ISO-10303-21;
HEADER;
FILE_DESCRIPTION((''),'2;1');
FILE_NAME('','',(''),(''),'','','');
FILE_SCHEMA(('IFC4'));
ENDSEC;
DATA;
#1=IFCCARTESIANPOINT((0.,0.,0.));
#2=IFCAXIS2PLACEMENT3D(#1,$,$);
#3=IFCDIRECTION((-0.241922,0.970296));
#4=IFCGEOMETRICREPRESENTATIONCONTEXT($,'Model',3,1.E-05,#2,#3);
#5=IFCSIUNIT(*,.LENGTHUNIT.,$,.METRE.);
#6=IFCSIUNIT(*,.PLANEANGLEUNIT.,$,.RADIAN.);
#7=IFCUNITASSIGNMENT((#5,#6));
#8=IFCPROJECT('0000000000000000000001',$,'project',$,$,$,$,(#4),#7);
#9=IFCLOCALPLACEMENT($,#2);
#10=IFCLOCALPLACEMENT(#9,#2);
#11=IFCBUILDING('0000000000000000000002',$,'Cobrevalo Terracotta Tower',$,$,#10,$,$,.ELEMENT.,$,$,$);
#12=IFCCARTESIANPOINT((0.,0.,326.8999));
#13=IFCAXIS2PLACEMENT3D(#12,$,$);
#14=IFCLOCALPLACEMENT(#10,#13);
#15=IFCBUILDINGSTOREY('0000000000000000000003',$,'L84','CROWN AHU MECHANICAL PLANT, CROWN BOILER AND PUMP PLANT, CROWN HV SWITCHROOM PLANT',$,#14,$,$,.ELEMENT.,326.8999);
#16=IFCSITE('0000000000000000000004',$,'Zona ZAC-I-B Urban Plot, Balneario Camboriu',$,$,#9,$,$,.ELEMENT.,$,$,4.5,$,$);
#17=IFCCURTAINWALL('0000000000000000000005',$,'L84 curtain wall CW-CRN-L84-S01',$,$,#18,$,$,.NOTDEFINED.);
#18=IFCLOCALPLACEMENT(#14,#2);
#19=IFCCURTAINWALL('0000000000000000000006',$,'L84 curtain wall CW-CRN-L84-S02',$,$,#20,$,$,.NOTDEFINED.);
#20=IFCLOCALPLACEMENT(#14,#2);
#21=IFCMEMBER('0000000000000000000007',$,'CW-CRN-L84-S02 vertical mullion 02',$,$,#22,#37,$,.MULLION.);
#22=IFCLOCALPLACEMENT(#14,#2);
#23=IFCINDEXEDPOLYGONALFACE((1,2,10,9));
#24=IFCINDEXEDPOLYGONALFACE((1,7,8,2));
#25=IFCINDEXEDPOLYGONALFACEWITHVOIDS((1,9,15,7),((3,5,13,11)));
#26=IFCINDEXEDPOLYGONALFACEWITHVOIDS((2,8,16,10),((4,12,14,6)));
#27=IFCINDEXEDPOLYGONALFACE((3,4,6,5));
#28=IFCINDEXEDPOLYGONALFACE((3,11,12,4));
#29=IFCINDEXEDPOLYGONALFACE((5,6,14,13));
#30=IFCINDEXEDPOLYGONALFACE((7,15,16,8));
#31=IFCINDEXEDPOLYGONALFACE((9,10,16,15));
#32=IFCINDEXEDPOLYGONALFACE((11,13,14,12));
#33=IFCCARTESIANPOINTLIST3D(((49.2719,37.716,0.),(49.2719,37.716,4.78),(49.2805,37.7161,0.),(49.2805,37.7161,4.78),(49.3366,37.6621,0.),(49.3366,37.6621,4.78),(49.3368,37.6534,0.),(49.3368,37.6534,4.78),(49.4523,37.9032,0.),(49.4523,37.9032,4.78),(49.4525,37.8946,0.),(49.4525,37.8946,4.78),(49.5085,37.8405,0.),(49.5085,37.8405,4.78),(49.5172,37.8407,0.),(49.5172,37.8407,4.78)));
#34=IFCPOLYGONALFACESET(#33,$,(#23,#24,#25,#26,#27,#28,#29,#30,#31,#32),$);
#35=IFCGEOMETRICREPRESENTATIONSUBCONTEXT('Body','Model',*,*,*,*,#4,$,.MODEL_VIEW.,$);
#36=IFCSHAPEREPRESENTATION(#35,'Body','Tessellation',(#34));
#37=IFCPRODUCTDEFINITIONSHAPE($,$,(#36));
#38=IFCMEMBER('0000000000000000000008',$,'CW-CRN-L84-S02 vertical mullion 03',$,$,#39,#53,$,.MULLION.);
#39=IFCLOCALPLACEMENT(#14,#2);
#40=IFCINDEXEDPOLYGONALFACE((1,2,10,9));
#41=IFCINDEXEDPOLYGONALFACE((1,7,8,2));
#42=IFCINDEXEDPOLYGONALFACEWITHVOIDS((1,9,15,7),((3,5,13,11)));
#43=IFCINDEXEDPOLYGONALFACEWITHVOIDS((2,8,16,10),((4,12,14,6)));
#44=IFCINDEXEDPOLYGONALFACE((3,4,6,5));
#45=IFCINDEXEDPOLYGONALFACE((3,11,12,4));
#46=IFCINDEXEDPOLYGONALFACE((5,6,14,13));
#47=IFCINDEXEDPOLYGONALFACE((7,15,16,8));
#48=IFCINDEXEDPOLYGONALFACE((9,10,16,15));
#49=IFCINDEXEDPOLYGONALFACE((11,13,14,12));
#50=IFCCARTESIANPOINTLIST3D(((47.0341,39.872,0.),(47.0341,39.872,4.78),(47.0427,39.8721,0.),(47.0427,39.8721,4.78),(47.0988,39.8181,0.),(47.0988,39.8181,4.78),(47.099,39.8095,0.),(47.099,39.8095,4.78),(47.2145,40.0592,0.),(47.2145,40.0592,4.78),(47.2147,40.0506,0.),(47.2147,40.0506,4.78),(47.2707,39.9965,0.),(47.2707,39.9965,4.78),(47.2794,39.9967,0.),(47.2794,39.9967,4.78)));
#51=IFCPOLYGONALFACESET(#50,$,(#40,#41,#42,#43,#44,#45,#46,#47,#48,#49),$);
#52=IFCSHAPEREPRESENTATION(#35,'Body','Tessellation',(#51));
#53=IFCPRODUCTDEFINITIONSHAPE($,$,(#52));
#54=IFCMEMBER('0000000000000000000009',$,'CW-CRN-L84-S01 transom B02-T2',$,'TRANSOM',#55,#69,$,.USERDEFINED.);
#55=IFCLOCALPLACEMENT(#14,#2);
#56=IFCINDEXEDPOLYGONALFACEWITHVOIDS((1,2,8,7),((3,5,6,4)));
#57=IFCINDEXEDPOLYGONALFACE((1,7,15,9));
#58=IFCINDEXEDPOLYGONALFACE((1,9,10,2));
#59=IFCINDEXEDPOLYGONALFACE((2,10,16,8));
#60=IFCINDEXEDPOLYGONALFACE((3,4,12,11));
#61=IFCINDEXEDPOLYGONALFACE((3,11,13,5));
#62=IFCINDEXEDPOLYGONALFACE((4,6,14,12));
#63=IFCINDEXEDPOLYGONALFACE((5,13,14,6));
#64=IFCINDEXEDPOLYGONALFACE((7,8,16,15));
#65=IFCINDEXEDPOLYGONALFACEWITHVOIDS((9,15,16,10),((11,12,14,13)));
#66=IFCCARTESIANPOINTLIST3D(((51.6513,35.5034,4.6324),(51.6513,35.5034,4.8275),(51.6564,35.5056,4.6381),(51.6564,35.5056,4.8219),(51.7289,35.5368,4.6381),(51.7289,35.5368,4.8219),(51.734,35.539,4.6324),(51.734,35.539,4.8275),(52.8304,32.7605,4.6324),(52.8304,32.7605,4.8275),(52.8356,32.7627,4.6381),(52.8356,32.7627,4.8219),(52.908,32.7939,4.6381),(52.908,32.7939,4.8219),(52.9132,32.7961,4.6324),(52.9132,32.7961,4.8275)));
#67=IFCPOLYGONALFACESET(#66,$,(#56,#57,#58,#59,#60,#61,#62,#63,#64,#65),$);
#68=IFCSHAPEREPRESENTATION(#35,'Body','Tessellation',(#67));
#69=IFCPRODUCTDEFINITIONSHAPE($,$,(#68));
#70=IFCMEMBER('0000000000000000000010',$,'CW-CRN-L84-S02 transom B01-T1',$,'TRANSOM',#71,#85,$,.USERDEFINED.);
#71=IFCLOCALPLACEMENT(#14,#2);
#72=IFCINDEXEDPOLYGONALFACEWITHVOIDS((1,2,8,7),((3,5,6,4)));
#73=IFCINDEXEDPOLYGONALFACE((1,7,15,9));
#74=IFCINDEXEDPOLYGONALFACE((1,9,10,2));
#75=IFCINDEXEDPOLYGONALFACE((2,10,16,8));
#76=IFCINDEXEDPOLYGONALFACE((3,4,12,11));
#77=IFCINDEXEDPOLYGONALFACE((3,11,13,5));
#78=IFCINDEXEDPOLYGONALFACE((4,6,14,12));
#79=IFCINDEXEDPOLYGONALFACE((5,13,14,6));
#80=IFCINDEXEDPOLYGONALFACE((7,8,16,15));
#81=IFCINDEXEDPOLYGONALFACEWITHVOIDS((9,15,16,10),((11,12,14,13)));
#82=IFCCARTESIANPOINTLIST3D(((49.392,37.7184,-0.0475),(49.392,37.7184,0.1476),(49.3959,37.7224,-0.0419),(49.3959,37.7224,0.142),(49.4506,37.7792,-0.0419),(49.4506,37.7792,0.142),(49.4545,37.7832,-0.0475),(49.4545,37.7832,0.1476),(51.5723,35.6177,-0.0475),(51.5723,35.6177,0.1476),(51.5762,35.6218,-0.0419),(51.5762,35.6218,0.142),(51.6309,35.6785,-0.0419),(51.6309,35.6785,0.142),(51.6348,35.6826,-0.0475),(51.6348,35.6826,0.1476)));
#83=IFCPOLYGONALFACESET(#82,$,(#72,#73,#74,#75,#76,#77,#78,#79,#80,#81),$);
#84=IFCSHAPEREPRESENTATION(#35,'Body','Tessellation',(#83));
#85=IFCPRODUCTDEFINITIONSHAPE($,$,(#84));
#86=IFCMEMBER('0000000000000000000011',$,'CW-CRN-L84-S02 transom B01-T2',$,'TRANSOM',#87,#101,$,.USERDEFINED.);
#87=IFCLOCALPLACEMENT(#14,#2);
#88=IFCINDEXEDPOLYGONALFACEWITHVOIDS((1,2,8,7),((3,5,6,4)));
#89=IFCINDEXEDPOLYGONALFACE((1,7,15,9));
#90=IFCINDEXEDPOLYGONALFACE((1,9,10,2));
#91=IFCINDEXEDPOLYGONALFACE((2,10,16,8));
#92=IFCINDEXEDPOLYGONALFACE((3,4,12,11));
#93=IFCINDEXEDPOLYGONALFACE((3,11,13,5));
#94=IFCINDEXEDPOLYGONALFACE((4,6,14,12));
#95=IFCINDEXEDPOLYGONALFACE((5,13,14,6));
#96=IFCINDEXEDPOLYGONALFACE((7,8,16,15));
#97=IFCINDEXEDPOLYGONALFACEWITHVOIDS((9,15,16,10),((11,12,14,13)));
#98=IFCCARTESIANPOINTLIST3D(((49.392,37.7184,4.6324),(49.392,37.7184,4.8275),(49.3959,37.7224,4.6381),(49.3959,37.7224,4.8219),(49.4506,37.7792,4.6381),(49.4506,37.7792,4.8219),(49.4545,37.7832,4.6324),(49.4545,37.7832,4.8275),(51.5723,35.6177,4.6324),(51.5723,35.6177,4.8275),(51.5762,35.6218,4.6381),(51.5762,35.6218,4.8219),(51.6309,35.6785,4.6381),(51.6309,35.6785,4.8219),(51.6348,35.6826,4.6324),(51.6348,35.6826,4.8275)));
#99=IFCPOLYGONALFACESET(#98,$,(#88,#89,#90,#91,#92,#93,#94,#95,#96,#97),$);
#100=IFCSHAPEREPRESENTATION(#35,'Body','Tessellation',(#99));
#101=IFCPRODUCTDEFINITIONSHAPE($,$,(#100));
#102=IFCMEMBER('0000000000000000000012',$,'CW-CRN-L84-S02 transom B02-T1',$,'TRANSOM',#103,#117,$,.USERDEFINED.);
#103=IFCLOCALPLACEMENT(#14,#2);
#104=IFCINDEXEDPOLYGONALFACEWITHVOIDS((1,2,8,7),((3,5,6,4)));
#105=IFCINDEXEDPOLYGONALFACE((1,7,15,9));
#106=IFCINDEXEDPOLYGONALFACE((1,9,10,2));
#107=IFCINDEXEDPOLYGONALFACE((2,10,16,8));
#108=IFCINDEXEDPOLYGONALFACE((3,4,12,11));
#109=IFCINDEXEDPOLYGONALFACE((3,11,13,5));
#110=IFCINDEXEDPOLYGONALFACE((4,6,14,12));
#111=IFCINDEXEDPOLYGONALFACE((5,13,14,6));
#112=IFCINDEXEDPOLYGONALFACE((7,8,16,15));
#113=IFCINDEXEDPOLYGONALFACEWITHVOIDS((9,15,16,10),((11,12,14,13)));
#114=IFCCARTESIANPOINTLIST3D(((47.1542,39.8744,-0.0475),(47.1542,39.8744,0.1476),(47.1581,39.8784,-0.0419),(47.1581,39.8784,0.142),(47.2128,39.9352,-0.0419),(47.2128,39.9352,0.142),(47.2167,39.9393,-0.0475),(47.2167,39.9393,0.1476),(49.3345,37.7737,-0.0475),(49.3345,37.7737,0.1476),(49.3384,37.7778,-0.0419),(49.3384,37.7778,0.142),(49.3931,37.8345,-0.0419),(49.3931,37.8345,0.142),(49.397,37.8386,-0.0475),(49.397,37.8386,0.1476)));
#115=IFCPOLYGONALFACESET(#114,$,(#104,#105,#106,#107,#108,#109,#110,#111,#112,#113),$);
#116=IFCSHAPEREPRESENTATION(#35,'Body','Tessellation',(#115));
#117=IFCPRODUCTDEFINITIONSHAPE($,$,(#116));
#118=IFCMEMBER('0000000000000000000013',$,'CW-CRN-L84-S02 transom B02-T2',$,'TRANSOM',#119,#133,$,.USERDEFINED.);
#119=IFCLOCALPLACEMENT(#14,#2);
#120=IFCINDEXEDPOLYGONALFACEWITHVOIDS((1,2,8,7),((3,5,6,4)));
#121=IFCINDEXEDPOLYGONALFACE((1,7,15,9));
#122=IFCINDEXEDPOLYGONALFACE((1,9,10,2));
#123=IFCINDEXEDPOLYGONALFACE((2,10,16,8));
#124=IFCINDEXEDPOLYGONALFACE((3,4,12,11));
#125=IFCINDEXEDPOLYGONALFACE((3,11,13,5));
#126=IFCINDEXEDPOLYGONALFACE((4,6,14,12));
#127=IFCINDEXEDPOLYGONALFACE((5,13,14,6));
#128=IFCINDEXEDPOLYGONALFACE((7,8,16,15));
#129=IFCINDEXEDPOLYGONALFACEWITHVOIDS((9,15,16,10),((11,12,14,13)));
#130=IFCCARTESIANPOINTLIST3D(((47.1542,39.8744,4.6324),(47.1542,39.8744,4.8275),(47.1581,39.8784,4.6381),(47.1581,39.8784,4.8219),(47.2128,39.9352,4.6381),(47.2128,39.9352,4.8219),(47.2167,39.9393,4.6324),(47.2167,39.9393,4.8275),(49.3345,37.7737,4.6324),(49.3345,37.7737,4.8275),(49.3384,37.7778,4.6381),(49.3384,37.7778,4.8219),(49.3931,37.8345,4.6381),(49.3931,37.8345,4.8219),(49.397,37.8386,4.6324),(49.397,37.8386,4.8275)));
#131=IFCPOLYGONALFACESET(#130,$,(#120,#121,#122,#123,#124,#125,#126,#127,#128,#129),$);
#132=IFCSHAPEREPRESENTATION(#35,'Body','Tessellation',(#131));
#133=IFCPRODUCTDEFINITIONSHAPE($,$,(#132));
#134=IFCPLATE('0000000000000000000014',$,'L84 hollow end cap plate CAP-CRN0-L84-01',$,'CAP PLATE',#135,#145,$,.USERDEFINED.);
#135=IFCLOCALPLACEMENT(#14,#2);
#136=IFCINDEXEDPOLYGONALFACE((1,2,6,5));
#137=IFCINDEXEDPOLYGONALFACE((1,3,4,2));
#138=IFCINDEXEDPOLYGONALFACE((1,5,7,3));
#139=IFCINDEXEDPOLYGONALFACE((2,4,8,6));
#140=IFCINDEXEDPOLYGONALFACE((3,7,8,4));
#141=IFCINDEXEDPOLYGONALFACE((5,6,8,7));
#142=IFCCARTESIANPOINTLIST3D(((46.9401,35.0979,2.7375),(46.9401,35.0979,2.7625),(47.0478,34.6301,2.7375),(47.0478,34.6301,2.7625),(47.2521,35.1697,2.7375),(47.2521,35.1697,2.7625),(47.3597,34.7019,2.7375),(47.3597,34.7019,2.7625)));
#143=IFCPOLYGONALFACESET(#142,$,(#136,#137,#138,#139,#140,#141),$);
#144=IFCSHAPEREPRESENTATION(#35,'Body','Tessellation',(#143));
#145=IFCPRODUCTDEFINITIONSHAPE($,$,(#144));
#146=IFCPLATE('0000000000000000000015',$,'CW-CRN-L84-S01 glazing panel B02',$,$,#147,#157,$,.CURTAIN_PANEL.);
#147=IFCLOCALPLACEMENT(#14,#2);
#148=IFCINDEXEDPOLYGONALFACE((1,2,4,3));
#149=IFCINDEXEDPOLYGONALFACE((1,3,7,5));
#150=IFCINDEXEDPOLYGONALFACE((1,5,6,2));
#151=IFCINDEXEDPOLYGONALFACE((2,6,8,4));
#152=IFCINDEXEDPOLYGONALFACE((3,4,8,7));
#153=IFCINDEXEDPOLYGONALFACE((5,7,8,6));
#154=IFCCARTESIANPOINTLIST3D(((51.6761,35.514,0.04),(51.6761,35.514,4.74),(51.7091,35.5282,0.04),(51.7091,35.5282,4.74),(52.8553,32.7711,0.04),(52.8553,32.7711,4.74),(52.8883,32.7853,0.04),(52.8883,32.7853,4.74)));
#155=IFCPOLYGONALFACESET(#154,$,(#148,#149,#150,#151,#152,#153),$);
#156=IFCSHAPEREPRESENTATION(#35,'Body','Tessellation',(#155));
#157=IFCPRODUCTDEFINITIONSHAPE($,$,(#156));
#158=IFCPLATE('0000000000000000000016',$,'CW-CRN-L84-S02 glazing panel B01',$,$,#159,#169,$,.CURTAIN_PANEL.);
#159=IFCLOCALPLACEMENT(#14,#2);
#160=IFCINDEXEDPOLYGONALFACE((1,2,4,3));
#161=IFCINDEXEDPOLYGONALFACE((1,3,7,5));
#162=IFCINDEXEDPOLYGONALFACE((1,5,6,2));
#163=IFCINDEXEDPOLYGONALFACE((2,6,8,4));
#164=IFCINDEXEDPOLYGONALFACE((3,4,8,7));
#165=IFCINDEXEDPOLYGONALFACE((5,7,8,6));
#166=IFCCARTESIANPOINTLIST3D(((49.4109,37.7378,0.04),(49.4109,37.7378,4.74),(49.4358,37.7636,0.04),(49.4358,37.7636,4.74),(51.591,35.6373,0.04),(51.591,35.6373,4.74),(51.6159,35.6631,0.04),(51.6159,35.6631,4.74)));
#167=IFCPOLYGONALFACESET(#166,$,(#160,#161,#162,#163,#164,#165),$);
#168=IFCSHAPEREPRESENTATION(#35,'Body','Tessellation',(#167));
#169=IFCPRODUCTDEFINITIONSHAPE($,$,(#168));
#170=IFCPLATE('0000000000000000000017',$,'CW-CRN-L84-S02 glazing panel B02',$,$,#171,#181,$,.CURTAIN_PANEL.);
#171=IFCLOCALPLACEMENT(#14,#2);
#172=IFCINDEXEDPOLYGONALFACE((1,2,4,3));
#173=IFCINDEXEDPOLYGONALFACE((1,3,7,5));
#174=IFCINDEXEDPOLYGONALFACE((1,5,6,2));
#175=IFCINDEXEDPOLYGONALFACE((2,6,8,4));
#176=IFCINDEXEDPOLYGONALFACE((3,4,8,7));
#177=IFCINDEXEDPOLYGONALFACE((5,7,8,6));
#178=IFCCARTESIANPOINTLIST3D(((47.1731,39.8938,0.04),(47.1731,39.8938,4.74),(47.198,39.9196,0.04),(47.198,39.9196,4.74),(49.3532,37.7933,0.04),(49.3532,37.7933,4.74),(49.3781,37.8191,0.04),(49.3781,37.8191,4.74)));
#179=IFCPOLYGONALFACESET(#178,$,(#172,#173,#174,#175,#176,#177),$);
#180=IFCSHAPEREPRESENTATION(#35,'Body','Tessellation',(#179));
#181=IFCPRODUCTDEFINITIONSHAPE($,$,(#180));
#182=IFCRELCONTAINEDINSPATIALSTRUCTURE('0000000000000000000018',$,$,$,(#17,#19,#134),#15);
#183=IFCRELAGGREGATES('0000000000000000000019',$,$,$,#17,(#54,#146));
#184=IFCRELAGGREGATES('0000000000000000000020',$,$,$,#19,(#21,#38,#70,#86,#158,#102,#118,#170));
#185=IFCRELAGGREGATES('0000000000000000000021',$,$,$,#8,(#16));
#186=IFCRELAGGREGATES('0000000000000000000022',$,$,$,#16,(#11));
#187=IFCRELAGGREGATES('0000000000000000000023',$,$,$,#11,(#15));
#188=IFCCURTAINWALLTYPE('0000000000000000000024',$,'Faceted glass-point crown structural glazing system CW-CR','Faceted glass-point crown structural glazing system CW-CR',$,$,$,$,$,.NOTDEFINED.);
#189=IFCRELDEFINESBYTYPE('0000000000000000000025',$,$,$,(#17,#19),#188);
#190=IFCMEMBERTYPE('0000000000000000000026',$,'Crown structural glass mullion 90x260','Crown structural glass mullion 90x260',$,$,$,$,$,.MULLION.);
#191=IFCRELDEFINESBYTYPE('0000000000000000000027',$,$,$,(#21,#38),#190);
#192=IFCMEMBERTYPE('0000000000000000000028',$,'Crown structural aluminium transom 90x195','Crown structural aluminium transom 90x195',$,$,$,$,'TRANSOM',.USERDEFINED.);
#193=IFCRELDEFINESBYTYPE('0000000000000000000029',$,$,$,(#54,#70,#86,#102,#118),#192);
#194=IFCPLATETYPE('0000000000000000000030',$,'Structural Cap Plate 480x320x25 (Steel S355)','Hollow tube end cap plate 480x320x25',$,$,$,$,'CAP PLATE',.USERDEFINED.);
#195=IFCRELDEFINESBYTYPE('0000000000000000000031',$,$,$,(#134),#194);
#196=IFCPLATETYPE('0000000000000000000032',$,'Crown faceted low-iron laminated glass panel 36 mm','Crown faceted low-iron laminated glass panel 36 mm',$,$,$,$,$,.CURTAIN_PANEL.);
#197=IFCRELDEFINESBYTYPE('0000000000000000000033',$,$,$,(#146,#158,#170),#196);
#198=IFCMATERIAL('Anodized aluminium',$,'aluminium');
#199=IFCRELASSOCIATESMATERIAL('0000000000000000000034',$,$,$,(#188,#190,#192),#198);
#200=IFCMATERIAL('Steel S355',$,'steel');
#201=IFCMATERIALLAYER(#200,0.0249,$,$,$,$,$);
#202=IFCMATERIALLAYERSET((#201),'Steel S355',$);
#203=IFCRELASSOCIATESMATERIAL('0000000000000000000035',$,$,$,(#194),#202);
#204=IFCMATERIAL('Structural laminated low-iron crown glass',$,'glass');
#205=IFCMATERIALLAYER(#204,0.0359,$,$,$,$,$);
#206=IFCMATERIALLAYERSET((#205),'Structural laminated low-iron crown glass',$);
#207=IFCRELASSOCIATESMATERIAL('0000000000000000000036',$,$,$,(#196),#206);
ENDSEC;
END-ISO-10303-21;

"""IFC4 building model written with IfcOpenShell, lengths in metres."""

from ifc_helpers import new_model, si_unit, direction, frame, origin, origin_2d, place, context, subcontext, project, spatial, rectangle, hollow_rectangle, extrude, source, transform, mapped, material, layer, layer_set, material_profile, profile_set, type_object, element, aggregate, save


model = new_model("IFC4")

# Units and contexts
model_context = context("Model", 3, precision=1e-05, world=origin(), true_north=direction((-0.241922, 0.970296)))
body_context = subcontext(model_context, "Body", "Model", "MODEL_VIEW")
ifc_project = project(units=[si_unit("LENGTHUNIT", "METRE"), si_unit("PLANEANGLEUNIT", "RADIAN")], contexts=[model_context])

# Site, building, storey
site_placement = place(None, origin())
site = spatial("IfcSite", under=ifc_project, at=site_placement, Name="Zona ZAC-I-B Urban Plot, Balneario Camboriu", CompositionType="ELEMENT", RefElevation=4.5)
building_placement = place(site_placement, origin())
building = spatial("IfcBuilding", under=site, at=building_placement, Name="Cobrevalo Terracotta Tower", CompositionType="ELEMENT")
storey_placement = place(building_placement, frame((0.0, 0.0, 326.8999)))
storey = spatial("IfcBuildingStorey", under=building, at=storey_placement, Name="L84", Description="CROWN AHU MECHANICAL PLANT, CROWN BOILER AND PUMP PLANT, CROWN HV SWITCHROOM PLANT", CompositionType="ELEMENT", Elevation=326.8999)

# Shared definitions
ifc_material_1 = material(Name="Steel S355", Category="steel")

# Curtain wall
ifc_material_2 = material(Name="Anodized aluminium", Category="aluminium")
curtain_wall_type = type_object("IfcCurtainWallType", Name="Faceted glass-point crown structural glazing system CW-CR", Description="Faceted glass-point crown structural glazing system CW-CR", PredefinedType="NOTDEFINED", material=ifc_material_2)
curtain_wall_1_placement = place(storey_placement, origin())
curtain_wall_1 = element("IfcCurtainWall", 1, at=curtain_wall_1_placement, inside=storey, type_object=curtain_wall_type, Name="L84 curtain wall CW-CRN-L84-S01", PredefinedType="NOTDEFINED")
ifc_material_profile_1 = material_profile(ifc_material_2, hollow_rectangle(XDim=0.0901, YDim=0.26, WallThickness=0.0061, at=origin_2d()), Name="CWM 90x260")
ifc_profile_set_1 = profile_set([ifc_material_profile_1], Name="Anodized aluminium")
member_type_1 = type_object("IfcMemberType", Name="Crown structural glass mullion 90x260", Description="Crown structural glass mullion 90x260", PredefinedType="MULLION", material=ifc_profile_set_1)
shared_shape_1 = source(origin(), body_context, "Body", "SweptSolid", [
    extrude(hollow_rectangle(XDim=0.0901, YDim=0.26, WallThickness=0.0061, at=origin_2d()), origin(), (0.0, 0.0, 1.0), 4.78),
])

# Curtain wall, members
curtain_wall_2_placement = place(storey_placement, origin())
curtain_wall_2 = element("IfcCurtainWall", 2, at=curtain_wall_2_placement, inside=storey, type_object=curtain_wall_type, Name="L84 curtain wall CW-CRN-L84-S02", PredefinedType="NOTDEFINED")
member_1_placement = place(storey_placement, frame((49.3945, 37.7783, 0.0), z_axis=(0.0, 0.0, 1.0), x_axis=(-0.72014, 0.693829, 0.0)))
member_1 = element("IfcMember", 3, at=member_1_placement, type_object=member_type_1, Name="CW-CRN-L84-S02 vertical mullion 02", PredefinedType="MULLION", context=body_context, shape_type="MappedRepresentation", body=[
    mapped(shared_shape_1, transform((0.0, 0.0, 0.0), scale=1.0)),
])
member_2_placement = place(storey_placement, frame((47.1567, 39.9343, 0.0), z_axis=(0.0, 0.0, 1.0), x_axis=(-0.72014, 0.693829, 0.0)))
member_2 = element("IfcMember", 4, at=member_2_placement, type_object=member_type_1, Name="CW-CRN-L84-S02 vertical mullion 03", PredefinedType="MULLION", context=body_context, shape_type="MappedRepresentation", body=[
    mapped(shared_shape_1, transform((0.0, 0.0, 0.0), scale=1.0)),
])

# Members
ifc_material_profile_2 = material_profile(ifc_material_2, hollow_rectangle(XDim=0.0901, YDim=0.1951, WallThickness=0.0056, at=origin_2d()), Name="CWT 90x195")
ifc_profile_set_2 = profile_set([ifc_material_profile_2], Name="Anodized aluminium")
member_type_2 = type_object("IfcMemberType", Name="Crown structural aluminium transom 90x195", Description="Crown structural aluminium transom 90x195", ElementType="TRANSOM", PredefinedType="USERDEFINED", material=ifc_profile_set_2)
shared_shape_2 = source(origin(), body_context, "Body", "SweptSolid", [
    extrude(hollow_rectangle(XDim=0.0901, YDim=0.1951, WallThickness=0.0056, at=origin_2d()), origin(), (0.0, 0.0, 1.0), 2.9856),
])
member_3_placement = place(storey_placement, frame((52.8718, 32.7783, 4.73), z_axis=(-0.394955, 0.9187, 0.0), x_axis=(-0.9187, -0.394955, 0.0)))
member_3 = element("IfcMember", 5, at=member_3_placement, type_object=member_type_2, Name="CW-CRN-L84-S01 transom B02-T2", ObjectType="TRANSOM", PredefinedType="USERDEFINED", context=body_context, shape_type="MappedRepresentation", body=[
    mapped(shared_shape_2, transform((0.0, 0.0, 0.0), scale=1.0)),
])
shared_shape_3 = source(origin(), body_context, "Body", "SweptSolid", [
    extrude(hollow_rectangle(XDim=0.0901, YDim=0.1951, WallThickness=0.0056, at=origin_2d()), origin(), (0.0, 0.0, 1.0), 3.0276),
])
member_4_placement = place(storey_placement, frame((51.6035, 35.6501, 0.05), z_axis=(-0.720129, 0.69384, 0.0), x_axis=(-0.69384, -0.720129, 0.0)))
member_4 = element("IfcMember", 6, at=member_4_placement, type_object=member_type_2, Name="CW-CRN-L84-S02 transom B01-T1", ObjectType="TRANSOM", PredefinedType="USERDEFINED", context=body_context, shape_type="MappedRepresentation", body=[
    mapped(shared_shape_3, transform((0.0, 0.0, 0.0), scale=1.0)),
])
member_5_placement = place(storey_placement, frame((51.6035, 35.6501, 4.73), z_axis=(-0.720129, 0.69384, 0.0), x_axis=(-0.69384, -0.720129, 0.0)))
member_5 = element("IfcMember", 7, at=member_5_placement, type_object=member_type_2, Name="CW-CRN-L84-S02 transom B01-T2", ObjectType="TRANSOM", PredefinedType="USERDEFINED", context=body_context, shape_type="MappedRepresentation", body=[
    mapped(shared_shape_3, transform((0.0, 0.0, 0.0), scale=1.0)),
])
member_6_placement = place(storey_placement, frame((49.3657, 37.8062, 0.05), z_axis=(-0.720129, 0.69384, 0.0), x_axis=(-0.69384, -0.720129, 0.0)))
member_6 = element("IfcMember", 8, at=member_6_placement, type_object=member_type_2, Name="CW-CRN-L84-S02 transom B02-T1", ObjectType="TRANSOM", PredefinedType="USERDEFINED", context=body_context, shape_type="MappedRepresentation", body=[
    mapped(shared_shape_3, transform((0.0, 0.0, 0.0), scale=1.0)),
])
member_7_placement = place(storey_placement, frame((49.3657, 37.8062, 4.73), z_axis=(-0.720129, 0.69384, 0.0), x_axis=(-0.69384, -0.720129, 0.0)))
member_7 = element("IfcMember", 9, at=member_7_placement, type_object=member_type_2, Name="CW-CRN-L84-S02 transom B02-T2", ObjectType="TRANSOM", PredefinedType="USERDEFINED", context=body_context, shape_type="MappedRepresentation", body=[
    mapped(shared_shape_3, transform((0.0, 0.0, 0.0), scale=1.0)),
])

# Plates
ifc_layer_1 = layer(ifc_material_1, 0.0249)
ifc_layer_set_1 = layer_set([ifc_layer_1], Name="Steel S355")
plate_type_1 = type_object("IfcPlateType", Name="Structural Cap Plate 480x320x25 (Steel S355)", Description="Hollow tube end cap plate 480x320x25", ElementType="CAP PLATE", PredefinedType="USERDEFINED", material=ifc_layer_set_1)
shared_shape_4 = source(origin(), body_context, "Body", "SweptSolid", [
    extrude(rectangle(XDim=0.48, YDim=0.3201, at=origin_2d()), origin(), (0.0, 0.0, 1.0), 0.0249),
])
plate_1_placement = place(storey_placement, frame((47.1499, 34.8999, 2.7375), z_axis=(0.0, 0.0, 1.0), x_axis=(-0.224221, 0.974538, 0.0)))
element("IfcPlate", 10, at=plate_1_placement, inside=storey, type_object=plate_type_1, Name="L84 hollow end cap plate CAP-CRN0-L84-01", ObjectType="CAP PLATE", PredefinedType="USERDEFINED", context=body_context, shape_type="MappedRepresentation", body=[
    mapped(shared_shape_4, transform((0.0, 0.0, 0.0), scale=1.0)),
])
ifc_material_3 = material(Name="Structural laminated low-iron crown glass", Category="glass")
ifc_layer_2 = layer(ifc_material_3, 0.0359)
ifc_layer_set_2 = layer_set([ifc_layer_2], Name="Structural laminated low-iron crown glass")
plate_type_2 = type_object("IfcPlateType", Name="Crown faceted low-iron laminated glass panel 36 mm", Description="Crown faceted low-iron laminated glass panel 36 mm", PredefinedType="CURTAIN_PANEL", material=ifc_layer_set_2)
shared_shape_5 = source(origin(), body_context, "Body", "SweptSolid", [
    extrude(rectangle(XDim=2.9856, YDim=0.0359, at=origin_2d()), origin(), (0.0, 0.0, 1.0), 4.7),
])
plate_2_placement = place(storey_placement, frame((52.2822, 34.1497, 0.04), z_axis=(0.0, 0.0, 1.0), x_axis=(-0.39496, 0.918698, 0.0)))
plate_2 = element("IfcPlate", 11, at=plate_2_placement, type_object=plate_type_2, Name="CW-CRN-L84-S01 glazing panel B02", PredefinedType="CURTAIN_PANEL", context=body_context, shape_type="MappedRepresentation", body=[
    mapped(shared_shape_5, transform((0.0, 0.0, 0.0), scale=1.0)),
])
aggregate(curtain_wall_1, [member_3, plate_2])
shared_shape_6 = source(origin(), body_context, "Body", "SweptSolid", [
    extrude(rectangle(XDim=3.0273, YDim=0.0359, at=origin_2d()), origin(), (0.0, 0.0, 1.0), 4.7),
])
plate_3_placement = place(storey_placement, frame((50.5134, 36.7004, 0.04), z_axis=(0.0, 0.0, 1.0), x_axis=(-0.720133, 0.693836, 0.0)))
plate_3 = element("IfcPlate", 12, at=plate_3_placement, type_object=plate_type_2, Name="CW-CRN-L84-S02 glazing panel B01", PredefinedType="CURTAIN_PANEL", context=body_context, shape_type="MappedRepresentation", body=[
    mapped(shared_shape_6, transform((0.0, 0.0, 0.0), scale=1.0)),
])
plate_4_placement = place(storey_placement, frame((48.2756, 38.8564, 0.04), z_axis=(0.0, 0.0, 1.0), x_axis=(-0.720133, 0.693836, 0.0)))
plate_4 = element("IfcPlate", 13, at=plate_4_placement, type_object=plate_type_2, Name="CW-CRN-L84-S02 glazing panel B02", PredefinedType="CURTAIN_PANEL", context=body_context, shape_type="MappedRepresentation", body=[
    mapped(shared_shape_6, transform((0.0, 0.0, 0.0), scale=1.0)),
])
aggregate(curtain_wall_2, [member_1, member_2, member_4, member_5, plate_3, member_6, member_7, plate_4])

save(model, "model.ifc")
